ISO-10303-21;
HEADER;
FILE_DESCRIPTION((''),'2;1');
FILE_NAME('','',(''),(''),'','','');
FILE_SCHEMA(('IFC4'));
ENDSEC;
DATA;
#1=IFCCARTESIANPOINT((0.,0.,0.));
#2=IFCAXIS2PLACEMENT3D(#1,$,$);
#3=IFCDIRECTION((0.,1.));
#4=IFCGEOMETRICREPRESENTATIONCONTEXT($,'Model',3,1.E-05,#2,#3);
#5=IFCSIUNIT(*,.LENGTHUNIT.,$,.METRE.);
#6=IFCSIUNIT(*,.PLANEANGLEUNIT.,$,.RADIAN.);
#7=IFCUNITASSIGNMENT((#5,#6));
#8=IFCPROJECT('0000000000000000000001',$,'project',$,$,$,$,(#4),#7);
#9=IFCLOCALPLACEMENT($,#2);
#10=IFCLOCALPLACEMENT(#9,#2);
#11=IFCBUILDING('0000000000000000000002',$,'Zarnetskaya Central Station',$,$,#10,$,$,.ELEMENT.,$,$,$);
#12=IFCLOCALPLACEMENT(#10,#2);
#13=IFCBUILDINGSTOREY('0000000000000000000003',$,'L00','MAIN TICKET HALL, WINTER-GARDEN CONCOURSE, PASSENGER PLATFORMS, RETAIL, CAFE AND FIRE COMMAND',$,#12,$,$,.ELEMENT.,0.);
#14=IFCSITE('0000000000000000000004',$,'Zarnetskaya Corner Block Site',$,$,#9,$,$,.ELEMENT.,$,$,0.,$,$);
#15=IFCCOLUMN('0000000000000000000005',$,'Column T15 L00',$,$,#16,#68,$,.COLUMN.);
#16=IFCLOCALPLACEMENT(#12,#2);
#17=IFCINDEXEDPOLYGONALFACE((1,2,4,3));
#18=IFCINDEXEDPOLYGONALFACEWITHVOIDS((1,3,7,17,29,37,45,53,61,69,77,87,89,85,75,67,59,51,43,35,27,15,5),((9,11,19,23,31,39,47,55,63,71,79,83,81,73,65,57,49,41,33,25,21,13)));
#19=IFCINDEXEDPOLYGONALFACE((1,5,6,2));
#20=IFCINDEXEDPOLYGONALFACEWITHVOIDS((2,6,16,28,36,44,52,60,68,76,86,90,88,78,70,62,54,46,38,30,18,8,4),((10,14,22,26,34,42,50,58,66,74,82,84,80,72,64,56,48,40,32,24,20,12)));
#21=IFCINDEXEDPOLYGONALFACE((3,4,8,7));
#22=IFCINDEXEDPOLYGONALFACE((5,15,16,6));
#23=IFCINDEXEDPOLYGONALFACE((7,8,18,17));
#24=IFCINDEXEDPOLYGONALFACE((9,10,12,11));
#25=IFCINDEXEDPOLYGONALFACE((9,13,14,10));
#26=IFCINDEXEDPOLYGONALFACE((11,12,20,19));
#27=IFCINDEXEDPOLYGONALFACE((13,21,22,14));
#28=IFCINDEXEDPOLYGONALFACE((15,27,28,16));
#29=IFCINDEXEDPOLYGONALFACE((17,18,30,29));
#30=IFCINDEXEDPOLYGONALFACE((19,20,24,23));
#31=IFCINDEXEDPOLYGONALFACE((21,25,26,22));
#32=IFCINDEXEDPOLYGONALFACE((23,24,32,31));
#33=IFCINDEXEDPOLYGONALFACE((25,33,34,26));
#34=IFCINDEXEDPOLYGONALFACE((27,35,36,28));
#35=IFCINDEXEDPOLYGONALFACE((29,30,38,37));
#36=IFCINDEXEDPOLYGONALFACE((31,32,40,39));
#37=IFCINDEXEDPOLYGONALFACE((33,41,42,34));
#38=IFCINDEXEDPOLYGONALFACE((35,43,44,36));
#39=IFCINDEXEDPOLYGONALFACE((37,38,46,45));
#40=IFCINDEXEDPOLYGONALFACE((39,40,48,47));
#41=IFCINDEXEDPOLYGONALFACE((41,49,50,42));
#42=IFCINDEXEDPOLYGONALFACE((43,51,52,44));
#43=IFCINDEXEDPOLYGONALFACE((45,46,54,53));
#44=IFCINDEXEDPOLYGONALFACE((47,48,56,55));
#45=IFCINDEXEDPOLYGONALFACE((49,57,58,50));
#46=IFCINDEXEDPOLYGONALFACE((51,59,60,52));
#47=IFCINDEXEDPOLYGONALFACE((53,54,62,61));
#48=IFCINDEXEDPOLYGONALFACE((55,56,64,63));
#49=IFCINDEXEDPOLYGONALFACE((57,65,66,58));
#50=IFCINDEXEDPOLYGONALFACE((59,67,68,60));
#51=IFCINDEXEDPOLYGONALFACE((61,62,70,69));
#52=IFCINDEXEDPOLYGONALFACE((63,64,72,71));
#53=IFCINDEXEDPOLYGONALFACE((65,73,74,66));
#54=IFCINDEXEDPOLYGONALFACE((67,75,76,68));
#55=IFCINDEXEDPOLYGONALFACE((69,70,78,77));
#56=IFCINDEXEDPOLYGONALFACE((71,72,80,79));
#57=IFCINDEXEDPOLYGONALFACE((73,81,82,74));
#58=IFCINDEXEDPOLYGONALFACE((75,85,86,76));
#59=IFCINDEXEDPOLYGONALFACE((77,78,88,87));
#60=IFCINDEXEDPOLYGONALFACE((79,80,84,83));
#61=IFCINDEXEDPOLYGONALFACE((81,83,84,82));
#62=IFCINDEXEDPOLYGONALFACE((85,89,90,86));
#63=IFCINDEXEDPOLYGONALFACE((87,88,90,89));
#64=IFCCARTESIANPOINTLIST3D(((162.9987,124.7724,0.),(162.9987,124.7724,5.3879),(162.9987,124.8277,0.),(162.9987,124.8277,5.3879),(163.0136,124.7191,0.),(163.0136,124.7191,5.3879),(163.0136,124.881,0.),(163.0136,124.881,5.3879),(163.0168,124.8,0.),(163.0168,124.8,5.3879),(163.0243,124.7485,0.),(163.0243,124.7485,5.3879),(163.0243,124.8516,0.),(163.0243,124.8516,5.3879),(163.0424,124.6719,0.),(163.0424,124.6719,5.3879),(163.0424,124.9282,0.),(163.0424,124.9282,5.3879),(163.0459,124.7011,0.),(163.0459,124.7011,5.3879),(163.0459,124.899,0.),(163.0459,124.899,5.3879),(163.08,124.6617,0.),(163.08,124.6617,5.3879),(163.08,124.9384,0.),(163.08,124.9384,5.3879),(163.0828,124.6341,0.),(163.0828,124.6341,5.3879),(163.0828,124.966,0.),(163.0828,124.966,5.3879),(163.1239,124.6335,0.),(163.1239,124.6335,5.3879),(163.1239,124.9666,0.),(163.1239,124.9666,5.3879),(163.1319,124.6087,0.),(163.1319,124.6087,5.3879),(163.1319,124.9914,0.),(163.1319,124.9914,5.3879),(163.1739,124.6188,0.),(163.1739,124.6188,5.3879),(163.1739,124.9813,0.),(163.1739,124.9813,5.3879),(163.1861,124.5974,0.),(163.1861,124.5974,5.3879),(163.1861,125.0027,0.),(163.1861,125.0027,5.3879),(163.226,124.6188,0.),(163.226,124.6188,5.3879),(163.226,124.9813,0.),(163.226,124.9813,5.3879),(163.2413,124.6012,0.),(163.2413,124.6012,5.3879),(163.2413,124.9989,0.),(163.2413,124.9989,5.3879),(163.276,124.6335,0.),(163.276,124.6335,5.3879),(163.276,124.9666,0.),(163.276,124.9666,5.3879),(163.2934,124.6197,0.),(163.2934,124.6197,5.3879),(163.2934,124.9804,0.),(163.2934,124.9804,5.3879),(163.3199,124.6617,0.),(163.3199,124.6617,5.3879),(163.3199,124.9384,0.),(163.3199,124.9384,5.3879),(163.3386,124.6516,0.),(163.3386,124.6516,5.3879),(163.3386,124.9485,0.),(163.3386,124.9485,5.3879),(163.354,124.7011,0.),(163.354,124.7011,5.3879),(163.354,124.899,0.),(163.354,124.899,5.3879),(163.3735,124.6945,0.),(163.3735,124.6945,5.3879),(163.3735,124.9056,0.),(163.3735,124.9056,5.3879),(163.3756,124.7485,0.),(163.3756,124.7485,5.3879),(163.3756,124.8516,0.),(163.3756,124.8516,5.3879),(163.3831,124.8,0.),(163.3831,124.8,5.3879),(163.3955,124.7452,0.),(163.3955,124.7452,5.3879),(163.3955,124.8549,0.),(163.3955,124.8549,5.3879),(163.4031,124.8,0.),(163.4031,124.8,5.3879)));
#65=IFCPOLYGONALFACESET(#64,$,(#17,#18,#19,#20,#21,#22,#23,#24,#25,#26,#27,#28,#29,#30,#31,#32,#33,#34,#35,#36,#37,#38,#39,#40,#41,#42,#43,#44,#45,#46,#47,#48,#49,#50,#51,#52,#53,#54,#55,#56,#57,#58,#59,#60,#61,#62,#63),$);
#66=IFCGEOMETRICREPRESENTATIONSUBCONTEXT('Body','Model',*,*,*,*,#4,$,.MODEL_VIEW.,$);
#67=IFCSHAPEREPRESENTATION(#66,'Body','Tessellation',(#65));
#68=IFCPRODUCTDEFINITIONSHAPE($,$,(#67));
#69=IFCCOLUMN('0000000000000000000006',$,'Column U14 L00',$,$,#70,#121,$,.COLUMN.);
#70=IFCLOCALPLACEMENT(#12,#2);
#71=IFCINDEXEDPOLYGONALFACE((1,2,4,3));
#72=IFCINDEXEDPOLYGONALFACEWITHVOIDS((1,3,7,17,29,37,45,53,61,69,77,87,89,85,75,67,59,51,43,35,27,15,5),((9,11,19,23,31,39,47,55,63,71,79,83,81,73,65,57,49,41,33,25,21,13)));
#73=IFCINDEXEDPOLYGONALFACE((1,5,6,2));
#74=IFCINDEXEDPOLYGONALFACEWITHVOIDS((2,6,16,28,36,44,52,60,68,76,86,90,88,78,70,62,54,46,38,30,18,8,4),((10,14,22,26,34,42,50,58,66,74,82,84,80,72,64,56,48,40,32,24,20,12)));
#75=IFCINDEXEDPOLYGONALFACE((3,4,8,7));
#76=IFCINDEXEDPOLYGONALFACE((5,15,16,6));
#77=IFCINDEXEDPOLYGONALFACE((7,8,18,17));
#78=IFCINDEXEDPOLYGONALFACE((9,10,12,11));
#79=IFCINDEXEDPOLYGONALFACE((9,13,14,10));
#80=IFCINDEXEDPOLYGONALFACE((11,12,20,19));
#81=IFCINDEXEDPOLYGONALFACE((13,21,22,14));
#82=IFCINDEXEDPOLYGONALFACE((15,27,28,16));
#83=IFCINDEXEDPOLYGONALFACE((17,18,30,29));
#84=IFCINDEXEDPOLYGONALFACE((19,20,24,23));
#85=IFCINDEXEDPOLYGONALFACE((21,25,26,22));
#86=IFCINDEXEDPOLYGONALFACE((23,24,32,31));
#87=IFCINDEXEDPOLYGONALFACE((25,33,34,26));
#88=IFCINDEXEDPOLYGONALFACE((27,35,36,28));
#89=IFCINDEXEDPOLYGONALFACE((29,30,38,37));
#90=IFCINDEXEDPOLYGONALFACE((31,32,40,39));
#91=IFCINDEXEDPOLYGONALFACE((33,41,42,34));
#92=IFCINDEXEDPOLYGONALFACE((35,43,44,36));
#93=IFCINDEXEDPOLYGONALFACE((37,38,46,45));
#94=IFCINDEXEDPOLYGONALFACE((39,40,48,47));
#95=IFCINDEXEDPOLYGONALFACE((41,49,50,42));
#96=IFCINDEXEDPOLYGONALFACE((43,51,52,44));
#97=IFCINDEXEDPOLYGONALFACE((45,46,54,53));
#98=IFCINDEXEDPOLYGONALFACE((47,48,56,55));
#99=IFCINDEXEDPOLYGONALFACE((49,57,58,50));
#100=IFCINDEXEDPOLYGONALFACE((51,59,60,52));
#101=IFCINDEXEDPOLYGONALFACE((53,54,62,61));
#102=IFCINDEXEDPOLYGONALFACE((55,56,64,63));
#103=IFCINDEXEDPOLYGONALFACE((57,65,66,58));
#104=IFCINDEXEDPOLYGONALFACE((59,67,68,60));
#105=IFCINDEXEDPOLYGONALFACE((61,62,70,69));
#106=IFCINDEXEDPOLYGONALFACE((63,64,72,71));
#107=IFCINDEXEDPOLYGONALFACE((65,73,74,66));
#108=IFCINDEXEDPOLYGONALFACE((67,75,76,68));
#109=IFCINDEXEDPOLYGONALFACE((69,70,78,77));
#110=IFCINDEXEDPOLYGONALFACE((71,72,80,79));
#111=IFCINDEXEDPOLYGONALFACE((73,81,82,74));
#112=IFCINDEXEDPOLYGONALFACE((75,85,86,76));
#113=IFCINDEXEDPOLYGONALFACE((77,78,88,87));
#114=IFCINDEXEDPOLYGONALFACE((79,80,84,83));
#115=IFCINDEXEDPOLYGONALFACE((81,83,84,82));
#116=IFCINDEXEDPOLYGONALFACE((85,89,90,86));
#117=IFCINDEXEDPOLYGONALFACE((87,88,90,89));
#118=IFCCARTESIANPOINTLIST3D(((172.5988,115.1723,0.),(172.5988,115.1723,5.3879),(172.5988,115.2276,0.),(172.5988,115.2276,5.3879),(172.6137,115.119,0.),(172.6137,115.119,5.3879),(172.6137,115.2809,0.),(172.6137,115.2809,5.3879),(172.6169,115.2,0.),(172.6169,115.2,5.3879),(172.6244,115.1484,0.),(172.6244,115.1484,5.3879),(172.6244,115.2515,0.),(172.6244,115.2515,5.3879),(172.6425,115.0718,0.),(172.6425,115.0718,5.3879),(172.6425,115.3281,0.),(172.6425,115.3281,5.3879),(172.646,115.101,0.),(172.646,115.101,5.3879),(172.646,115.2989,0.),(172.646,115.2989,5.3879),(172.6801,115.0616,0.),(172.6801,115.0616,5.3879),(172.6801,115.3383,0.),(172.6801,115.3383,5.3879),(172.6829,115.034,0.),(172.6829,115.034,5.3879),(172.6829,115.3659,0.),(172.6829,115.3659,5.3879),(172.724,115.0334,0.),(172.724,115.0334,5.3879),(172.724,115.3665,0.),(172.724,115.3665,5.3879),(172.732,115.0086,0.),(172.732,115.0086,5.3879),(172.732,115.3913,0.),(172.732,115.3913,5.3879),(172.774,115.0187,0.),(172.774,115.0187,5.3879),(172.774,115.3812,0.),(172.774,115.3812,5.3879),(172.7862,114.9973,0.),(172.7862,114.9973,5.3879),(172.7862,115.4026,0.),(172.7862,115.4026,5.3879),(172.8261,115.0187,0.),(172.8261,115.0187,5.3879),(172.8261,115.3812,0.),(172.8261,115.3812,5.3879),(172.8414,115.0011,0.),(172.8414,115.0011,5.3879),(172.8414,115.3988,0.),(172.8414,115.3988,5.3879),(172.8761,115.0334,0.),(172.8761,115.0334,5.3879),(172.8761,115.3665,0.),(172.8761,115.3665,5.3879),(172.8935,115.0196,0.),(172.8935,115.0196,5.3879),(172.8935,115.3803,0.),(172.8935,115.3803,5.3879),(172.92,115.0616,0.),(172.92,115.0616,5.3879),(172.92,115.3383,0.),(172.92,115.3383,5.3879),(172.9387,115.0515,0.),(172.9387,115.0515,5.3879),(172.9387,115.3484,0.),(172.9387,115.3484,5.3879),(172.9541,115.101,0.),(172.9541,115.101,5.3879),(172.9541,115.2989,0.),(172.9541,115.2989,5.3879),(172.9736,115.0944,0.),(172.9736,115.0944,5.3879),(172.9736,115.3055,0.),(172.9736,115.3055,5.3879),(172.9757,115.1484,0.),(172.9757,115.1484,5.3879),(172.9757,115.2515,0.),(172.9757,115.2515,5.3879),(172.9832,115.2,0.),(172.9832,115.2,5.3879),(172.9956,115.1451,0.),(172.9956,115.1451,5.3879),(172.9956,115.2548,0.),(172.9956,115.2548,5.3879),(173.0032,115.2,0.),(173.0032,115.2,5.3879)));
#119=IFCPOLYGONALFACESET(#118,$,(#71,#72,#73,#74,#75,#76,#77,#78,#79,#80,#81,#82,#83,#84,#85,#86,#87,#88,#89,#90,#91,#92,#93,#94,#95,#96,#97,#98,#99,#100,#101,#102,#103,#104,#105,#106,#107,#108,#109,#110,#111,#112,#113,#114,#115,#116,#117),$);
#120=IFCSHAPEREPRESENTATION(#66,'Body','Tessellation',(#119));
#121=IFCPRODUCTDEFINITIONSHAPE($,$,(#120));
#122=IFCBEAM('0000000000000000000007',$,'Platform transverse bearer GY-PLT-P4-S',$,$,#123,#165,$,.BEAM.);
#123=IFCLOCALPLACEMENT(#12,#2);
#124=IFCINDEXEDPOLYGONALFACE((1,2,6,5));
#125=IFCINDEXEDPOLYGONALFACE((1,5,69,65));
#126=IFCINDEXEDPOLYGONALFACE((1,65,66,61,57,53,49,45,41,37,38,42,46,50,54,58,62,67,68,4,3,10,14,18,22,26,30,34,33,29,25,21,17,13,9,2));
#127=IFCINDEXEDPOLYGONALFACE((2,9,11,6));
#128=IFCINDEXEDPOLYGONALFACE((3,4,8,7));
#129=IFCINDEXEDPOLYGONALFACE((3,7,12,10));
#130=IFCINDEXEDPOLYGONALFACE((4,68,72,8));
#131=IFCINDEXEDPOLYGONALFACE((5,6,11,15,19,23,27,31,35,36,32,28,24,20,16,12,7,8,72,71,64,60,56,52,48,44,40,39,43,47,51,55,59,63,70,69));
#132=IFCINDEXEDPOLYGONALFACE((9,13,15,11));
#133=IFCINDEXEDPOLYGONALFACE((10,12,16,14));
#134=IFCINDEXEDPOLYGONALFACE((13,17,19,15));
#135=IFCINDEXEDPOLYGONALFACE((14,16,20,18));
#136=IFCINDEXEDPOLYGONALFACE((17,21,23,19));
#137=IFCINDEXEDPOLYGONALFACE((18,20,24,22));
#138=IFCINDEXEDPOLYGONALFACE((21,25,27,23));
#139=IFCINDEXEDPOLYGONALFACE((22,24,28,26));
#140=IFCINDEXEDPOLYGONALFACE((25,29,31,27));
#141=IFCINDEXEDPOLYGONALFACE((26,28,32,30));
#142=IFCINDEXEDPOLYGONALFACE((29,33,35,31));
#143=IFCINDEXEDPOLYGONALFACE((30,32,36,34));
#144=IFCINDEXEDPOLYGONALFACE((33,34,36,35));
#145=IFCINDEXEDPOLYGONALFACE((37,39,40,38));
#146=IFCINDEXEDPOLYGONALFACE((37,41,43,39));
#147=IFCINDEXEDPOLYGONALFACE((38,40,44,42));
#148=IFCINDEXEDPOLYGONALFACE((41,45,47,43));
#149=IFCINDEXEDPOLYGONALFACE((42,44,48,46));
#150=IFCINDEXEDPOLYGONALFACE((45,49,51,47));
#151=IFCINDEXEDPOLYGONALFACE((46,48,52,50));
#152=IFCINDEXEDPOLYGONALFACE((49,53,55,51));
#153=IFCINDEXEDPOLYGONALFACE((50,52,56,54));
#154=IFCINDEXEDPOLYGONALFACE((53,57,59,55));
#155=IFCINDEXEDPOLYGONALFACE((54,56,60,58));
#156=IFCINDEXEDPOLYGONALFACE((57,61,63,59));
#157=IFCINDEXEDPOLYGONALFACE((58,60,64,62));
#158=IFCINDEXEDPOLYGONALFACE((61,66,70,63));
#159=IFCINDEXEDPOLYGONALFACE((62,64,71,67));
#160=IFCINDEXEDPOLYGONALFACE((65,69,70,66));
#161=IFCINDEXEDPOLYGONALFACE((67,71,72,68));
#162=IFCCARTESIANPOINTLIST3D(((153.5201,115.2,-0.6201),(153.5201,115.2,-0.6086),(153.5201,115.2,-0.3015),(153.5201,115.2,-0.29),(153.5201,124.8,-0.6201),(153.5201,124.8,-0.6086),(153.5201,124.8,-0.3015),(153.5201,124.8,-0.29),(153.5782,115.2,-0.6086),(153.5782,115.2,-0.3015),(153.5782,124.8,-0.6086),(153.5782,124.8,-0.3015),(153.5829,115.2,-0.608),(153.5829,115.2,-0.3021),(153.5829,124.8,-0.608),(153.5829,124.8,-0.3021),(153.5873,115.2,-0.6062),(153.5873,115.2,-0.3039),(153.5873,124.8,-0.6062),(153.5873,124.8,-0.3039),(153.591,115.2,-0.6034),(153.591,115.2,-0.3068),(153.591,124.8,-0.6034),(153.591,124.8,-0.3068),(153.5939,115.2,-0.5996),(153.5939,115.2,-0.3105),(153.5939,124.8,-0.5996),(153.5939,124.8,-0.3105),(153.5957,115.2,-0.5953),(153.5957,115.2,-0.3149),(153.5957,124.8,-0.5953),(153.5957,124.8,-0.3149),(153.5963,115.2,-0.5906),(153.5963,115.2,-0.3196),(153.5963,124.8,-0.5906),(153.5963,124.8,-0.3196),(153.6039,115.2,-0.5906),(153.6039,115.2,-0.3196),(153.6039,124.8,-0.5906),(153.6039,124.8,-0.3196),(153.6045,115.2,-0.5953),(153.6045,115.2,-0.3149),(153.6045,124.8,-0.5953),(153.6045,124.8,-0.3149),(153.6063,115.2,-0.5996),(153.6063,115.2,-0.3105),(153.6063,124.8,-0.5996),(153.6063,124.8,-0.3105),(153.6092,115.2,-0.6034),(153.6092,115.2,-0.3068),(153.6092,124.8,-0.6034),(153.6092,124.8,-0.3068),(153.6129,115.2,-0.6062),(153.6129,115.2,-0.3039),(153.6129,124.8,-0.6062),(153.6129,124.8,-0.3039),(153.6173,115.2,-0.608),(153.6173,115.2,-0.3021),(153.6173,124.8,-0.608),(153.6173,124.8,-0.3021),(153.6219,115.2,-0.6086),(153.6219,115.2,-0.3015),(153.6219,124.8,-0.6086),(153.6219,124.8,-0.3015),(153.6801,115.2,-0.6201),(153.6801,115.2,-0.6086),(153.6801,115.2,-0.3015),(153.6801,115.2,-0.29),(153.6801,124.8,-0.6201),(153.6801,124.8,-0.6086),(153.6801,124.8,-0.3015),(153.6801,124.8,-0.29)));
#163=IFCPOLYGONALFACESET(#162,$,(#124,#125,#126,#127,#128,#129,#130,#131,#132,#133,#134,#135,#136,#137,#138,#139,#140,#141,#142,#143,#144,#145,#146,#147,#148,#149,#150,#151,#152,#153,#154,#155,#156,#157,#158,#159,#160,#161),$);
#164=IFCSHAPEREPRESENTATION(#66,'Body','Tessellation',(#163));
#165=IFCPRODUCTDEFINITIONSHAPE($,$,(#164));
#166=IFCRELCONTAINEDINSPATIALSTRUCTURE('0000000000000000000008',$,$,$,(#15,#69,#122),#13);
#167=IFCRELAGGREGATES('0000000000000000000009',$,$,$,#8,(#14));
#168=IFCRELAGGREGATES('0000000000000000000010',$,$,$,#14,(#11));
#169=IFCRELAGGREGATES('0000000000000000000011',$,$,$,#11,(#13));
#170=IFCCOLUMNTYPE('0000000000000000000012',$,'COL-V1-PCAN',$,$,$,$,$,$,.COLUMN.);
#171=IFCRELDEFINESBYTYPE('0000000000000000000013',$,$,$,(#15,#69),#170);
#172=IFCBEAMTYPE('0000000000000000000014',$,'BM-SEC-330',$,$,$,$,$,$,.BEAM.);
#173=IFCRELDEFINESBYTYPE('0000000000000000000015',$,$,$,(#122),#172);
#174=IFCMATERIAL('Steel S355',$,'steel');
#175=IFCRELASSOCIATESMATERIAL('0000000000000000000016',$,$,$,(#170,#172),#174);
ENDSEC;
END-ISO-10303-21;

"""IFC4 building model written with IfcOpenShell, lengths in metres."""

from ifc_helpers import new_model, si_unit, direction, frame, origin, origin_2d, place, context, subcontext, project, spatial, hollow_circle, i_section, extrude, material, material_profile, profile_set, type_object, element, save


model = new_model("IFC4")

# Units and contexts
model_context = context("Model", 3, precision=1e-05, world=origin(), true_north=direction((0.0, 1.0)))
body_context = subcontext(model_context, "Body", "Model", "MODEL_VIEW")
ifc_project = project(units=[si_unit("LENGTHUNIT", "METRE"), si_unit("PLANEANGLEUNIT", "RADIAN")], contexts=[model_context])

# Site, building, storey
site_placement = place(None, origin())
site = spatial("IfcSite", under=ifc_project, at=site_placement, Name="Zarnetskaya Corner Block Site", CompositionType="ELEMENT", RefElevation=0.0)
building_placement = place(site_placement, origin())
building = spatial("IfcBuilding", under=site, at=building_placement, Name="Zarnetskaya Central Station", CompositionType="ELEMENT")
storey_placement = place(building_placement, origin())
storey = spatial("IfcBuildingStorey", under=building, at=storey_placement, Name="L00", Description="MAIN TICKET HALL, WINTER-GARDEN CONCOURSE, PASSENGER PLATFORMS, RETAIL, CAFE AND FIRE COMMAND", CompositionType="ELEMENT", Elevation=0.0)

# Columns
ifc_material = material(Name="Steel S355", Category="steel")
ifc_material_profile_1 = material_profile(ifc_material, hollow_circle(Radius=0.2031, WallThickness=0.02, at=origin_2d()), Name="CHS 406.4x20")
ifc_profile_set_1 = profile_set([ifc_material_profile_1], Name="Steel S355")
column_type = type_object("IfcColumnType", Name="COL-V1-PCAN", PredefinedType="COLUMN", material=ifc_profile_set_1)
for number, where, z_axis, x_axis, name in (
    (1, (163.2, 124.8, 0.0), (0.0, 0.0, 1.0), (1.0, 0.0, 0.0), "Column T15 L00"),
    (2, (172.8, 115.2, 0.0), (0.0, 0.0, 1.0), (1.0, 0.0, 0.0), "Column U14 L00"),
):
    element("IfcColumn", number, at=place(storey_placement, frame(where, z_axis=z_axis, x_axis=x_axis)), inside=storey, type_object=column_type, Name=name, PredefinedType="COLUMN", context=body_context, shape_type="SweptSolid", body=[
        extrude(hollow_circle(Radius=0.2031, WallThickness=0.02, at=origin_2d()), origin(), (0.0, 0.0, 1.0), 5.3879),
    ])

# Beam
ifc_material_profile_2 = material_profile(ifc_material, i_section(OverallWidth=0.1599, OverallDepth=0.3301, WebThickness=0.0076, FlangeThickness=0.0115, FilletRadius=0.0181, at=origin_2d()), Name="IPE 330")
ifc_profile_set_2 = profile_set([ifc_material_profile_2], Name="Steel S355")
beam_type_1 = type_object("IfcBeamType", Name="BM-SEC-330", PredefinedType="BEAM", material=ifc_profile_set_2)
for number, where, z_axis, x_axis, name in (
    (3, (153.6001, 115.2, -0.4551), (0.0, 1.0, 0.0), (-1.0, 0.0, 0.0), "Platform transverse bearer GY-PLT-P4-S"),
):
    element("IfcBeam", number, at=place(storey_placement, frame(where, z_axis=z_axis, x_axis=x_axis)), inside=storey, type_object=beam_type_1, Name=name, PredefinedType="BEAM", context=body_context, shape_type="SweptSolid", body=[
        extrude(i_section(OverallWidth=0.1599, OverallDepth=0.3301, WebThickness=0.0076, FlangeThickness=0.0115, FilletRadius=0.0181, at=origin_2d()), origin(), (0.0, 0.0, 1.0), 9.6001),
    ])

save(model, "model.ifc")
